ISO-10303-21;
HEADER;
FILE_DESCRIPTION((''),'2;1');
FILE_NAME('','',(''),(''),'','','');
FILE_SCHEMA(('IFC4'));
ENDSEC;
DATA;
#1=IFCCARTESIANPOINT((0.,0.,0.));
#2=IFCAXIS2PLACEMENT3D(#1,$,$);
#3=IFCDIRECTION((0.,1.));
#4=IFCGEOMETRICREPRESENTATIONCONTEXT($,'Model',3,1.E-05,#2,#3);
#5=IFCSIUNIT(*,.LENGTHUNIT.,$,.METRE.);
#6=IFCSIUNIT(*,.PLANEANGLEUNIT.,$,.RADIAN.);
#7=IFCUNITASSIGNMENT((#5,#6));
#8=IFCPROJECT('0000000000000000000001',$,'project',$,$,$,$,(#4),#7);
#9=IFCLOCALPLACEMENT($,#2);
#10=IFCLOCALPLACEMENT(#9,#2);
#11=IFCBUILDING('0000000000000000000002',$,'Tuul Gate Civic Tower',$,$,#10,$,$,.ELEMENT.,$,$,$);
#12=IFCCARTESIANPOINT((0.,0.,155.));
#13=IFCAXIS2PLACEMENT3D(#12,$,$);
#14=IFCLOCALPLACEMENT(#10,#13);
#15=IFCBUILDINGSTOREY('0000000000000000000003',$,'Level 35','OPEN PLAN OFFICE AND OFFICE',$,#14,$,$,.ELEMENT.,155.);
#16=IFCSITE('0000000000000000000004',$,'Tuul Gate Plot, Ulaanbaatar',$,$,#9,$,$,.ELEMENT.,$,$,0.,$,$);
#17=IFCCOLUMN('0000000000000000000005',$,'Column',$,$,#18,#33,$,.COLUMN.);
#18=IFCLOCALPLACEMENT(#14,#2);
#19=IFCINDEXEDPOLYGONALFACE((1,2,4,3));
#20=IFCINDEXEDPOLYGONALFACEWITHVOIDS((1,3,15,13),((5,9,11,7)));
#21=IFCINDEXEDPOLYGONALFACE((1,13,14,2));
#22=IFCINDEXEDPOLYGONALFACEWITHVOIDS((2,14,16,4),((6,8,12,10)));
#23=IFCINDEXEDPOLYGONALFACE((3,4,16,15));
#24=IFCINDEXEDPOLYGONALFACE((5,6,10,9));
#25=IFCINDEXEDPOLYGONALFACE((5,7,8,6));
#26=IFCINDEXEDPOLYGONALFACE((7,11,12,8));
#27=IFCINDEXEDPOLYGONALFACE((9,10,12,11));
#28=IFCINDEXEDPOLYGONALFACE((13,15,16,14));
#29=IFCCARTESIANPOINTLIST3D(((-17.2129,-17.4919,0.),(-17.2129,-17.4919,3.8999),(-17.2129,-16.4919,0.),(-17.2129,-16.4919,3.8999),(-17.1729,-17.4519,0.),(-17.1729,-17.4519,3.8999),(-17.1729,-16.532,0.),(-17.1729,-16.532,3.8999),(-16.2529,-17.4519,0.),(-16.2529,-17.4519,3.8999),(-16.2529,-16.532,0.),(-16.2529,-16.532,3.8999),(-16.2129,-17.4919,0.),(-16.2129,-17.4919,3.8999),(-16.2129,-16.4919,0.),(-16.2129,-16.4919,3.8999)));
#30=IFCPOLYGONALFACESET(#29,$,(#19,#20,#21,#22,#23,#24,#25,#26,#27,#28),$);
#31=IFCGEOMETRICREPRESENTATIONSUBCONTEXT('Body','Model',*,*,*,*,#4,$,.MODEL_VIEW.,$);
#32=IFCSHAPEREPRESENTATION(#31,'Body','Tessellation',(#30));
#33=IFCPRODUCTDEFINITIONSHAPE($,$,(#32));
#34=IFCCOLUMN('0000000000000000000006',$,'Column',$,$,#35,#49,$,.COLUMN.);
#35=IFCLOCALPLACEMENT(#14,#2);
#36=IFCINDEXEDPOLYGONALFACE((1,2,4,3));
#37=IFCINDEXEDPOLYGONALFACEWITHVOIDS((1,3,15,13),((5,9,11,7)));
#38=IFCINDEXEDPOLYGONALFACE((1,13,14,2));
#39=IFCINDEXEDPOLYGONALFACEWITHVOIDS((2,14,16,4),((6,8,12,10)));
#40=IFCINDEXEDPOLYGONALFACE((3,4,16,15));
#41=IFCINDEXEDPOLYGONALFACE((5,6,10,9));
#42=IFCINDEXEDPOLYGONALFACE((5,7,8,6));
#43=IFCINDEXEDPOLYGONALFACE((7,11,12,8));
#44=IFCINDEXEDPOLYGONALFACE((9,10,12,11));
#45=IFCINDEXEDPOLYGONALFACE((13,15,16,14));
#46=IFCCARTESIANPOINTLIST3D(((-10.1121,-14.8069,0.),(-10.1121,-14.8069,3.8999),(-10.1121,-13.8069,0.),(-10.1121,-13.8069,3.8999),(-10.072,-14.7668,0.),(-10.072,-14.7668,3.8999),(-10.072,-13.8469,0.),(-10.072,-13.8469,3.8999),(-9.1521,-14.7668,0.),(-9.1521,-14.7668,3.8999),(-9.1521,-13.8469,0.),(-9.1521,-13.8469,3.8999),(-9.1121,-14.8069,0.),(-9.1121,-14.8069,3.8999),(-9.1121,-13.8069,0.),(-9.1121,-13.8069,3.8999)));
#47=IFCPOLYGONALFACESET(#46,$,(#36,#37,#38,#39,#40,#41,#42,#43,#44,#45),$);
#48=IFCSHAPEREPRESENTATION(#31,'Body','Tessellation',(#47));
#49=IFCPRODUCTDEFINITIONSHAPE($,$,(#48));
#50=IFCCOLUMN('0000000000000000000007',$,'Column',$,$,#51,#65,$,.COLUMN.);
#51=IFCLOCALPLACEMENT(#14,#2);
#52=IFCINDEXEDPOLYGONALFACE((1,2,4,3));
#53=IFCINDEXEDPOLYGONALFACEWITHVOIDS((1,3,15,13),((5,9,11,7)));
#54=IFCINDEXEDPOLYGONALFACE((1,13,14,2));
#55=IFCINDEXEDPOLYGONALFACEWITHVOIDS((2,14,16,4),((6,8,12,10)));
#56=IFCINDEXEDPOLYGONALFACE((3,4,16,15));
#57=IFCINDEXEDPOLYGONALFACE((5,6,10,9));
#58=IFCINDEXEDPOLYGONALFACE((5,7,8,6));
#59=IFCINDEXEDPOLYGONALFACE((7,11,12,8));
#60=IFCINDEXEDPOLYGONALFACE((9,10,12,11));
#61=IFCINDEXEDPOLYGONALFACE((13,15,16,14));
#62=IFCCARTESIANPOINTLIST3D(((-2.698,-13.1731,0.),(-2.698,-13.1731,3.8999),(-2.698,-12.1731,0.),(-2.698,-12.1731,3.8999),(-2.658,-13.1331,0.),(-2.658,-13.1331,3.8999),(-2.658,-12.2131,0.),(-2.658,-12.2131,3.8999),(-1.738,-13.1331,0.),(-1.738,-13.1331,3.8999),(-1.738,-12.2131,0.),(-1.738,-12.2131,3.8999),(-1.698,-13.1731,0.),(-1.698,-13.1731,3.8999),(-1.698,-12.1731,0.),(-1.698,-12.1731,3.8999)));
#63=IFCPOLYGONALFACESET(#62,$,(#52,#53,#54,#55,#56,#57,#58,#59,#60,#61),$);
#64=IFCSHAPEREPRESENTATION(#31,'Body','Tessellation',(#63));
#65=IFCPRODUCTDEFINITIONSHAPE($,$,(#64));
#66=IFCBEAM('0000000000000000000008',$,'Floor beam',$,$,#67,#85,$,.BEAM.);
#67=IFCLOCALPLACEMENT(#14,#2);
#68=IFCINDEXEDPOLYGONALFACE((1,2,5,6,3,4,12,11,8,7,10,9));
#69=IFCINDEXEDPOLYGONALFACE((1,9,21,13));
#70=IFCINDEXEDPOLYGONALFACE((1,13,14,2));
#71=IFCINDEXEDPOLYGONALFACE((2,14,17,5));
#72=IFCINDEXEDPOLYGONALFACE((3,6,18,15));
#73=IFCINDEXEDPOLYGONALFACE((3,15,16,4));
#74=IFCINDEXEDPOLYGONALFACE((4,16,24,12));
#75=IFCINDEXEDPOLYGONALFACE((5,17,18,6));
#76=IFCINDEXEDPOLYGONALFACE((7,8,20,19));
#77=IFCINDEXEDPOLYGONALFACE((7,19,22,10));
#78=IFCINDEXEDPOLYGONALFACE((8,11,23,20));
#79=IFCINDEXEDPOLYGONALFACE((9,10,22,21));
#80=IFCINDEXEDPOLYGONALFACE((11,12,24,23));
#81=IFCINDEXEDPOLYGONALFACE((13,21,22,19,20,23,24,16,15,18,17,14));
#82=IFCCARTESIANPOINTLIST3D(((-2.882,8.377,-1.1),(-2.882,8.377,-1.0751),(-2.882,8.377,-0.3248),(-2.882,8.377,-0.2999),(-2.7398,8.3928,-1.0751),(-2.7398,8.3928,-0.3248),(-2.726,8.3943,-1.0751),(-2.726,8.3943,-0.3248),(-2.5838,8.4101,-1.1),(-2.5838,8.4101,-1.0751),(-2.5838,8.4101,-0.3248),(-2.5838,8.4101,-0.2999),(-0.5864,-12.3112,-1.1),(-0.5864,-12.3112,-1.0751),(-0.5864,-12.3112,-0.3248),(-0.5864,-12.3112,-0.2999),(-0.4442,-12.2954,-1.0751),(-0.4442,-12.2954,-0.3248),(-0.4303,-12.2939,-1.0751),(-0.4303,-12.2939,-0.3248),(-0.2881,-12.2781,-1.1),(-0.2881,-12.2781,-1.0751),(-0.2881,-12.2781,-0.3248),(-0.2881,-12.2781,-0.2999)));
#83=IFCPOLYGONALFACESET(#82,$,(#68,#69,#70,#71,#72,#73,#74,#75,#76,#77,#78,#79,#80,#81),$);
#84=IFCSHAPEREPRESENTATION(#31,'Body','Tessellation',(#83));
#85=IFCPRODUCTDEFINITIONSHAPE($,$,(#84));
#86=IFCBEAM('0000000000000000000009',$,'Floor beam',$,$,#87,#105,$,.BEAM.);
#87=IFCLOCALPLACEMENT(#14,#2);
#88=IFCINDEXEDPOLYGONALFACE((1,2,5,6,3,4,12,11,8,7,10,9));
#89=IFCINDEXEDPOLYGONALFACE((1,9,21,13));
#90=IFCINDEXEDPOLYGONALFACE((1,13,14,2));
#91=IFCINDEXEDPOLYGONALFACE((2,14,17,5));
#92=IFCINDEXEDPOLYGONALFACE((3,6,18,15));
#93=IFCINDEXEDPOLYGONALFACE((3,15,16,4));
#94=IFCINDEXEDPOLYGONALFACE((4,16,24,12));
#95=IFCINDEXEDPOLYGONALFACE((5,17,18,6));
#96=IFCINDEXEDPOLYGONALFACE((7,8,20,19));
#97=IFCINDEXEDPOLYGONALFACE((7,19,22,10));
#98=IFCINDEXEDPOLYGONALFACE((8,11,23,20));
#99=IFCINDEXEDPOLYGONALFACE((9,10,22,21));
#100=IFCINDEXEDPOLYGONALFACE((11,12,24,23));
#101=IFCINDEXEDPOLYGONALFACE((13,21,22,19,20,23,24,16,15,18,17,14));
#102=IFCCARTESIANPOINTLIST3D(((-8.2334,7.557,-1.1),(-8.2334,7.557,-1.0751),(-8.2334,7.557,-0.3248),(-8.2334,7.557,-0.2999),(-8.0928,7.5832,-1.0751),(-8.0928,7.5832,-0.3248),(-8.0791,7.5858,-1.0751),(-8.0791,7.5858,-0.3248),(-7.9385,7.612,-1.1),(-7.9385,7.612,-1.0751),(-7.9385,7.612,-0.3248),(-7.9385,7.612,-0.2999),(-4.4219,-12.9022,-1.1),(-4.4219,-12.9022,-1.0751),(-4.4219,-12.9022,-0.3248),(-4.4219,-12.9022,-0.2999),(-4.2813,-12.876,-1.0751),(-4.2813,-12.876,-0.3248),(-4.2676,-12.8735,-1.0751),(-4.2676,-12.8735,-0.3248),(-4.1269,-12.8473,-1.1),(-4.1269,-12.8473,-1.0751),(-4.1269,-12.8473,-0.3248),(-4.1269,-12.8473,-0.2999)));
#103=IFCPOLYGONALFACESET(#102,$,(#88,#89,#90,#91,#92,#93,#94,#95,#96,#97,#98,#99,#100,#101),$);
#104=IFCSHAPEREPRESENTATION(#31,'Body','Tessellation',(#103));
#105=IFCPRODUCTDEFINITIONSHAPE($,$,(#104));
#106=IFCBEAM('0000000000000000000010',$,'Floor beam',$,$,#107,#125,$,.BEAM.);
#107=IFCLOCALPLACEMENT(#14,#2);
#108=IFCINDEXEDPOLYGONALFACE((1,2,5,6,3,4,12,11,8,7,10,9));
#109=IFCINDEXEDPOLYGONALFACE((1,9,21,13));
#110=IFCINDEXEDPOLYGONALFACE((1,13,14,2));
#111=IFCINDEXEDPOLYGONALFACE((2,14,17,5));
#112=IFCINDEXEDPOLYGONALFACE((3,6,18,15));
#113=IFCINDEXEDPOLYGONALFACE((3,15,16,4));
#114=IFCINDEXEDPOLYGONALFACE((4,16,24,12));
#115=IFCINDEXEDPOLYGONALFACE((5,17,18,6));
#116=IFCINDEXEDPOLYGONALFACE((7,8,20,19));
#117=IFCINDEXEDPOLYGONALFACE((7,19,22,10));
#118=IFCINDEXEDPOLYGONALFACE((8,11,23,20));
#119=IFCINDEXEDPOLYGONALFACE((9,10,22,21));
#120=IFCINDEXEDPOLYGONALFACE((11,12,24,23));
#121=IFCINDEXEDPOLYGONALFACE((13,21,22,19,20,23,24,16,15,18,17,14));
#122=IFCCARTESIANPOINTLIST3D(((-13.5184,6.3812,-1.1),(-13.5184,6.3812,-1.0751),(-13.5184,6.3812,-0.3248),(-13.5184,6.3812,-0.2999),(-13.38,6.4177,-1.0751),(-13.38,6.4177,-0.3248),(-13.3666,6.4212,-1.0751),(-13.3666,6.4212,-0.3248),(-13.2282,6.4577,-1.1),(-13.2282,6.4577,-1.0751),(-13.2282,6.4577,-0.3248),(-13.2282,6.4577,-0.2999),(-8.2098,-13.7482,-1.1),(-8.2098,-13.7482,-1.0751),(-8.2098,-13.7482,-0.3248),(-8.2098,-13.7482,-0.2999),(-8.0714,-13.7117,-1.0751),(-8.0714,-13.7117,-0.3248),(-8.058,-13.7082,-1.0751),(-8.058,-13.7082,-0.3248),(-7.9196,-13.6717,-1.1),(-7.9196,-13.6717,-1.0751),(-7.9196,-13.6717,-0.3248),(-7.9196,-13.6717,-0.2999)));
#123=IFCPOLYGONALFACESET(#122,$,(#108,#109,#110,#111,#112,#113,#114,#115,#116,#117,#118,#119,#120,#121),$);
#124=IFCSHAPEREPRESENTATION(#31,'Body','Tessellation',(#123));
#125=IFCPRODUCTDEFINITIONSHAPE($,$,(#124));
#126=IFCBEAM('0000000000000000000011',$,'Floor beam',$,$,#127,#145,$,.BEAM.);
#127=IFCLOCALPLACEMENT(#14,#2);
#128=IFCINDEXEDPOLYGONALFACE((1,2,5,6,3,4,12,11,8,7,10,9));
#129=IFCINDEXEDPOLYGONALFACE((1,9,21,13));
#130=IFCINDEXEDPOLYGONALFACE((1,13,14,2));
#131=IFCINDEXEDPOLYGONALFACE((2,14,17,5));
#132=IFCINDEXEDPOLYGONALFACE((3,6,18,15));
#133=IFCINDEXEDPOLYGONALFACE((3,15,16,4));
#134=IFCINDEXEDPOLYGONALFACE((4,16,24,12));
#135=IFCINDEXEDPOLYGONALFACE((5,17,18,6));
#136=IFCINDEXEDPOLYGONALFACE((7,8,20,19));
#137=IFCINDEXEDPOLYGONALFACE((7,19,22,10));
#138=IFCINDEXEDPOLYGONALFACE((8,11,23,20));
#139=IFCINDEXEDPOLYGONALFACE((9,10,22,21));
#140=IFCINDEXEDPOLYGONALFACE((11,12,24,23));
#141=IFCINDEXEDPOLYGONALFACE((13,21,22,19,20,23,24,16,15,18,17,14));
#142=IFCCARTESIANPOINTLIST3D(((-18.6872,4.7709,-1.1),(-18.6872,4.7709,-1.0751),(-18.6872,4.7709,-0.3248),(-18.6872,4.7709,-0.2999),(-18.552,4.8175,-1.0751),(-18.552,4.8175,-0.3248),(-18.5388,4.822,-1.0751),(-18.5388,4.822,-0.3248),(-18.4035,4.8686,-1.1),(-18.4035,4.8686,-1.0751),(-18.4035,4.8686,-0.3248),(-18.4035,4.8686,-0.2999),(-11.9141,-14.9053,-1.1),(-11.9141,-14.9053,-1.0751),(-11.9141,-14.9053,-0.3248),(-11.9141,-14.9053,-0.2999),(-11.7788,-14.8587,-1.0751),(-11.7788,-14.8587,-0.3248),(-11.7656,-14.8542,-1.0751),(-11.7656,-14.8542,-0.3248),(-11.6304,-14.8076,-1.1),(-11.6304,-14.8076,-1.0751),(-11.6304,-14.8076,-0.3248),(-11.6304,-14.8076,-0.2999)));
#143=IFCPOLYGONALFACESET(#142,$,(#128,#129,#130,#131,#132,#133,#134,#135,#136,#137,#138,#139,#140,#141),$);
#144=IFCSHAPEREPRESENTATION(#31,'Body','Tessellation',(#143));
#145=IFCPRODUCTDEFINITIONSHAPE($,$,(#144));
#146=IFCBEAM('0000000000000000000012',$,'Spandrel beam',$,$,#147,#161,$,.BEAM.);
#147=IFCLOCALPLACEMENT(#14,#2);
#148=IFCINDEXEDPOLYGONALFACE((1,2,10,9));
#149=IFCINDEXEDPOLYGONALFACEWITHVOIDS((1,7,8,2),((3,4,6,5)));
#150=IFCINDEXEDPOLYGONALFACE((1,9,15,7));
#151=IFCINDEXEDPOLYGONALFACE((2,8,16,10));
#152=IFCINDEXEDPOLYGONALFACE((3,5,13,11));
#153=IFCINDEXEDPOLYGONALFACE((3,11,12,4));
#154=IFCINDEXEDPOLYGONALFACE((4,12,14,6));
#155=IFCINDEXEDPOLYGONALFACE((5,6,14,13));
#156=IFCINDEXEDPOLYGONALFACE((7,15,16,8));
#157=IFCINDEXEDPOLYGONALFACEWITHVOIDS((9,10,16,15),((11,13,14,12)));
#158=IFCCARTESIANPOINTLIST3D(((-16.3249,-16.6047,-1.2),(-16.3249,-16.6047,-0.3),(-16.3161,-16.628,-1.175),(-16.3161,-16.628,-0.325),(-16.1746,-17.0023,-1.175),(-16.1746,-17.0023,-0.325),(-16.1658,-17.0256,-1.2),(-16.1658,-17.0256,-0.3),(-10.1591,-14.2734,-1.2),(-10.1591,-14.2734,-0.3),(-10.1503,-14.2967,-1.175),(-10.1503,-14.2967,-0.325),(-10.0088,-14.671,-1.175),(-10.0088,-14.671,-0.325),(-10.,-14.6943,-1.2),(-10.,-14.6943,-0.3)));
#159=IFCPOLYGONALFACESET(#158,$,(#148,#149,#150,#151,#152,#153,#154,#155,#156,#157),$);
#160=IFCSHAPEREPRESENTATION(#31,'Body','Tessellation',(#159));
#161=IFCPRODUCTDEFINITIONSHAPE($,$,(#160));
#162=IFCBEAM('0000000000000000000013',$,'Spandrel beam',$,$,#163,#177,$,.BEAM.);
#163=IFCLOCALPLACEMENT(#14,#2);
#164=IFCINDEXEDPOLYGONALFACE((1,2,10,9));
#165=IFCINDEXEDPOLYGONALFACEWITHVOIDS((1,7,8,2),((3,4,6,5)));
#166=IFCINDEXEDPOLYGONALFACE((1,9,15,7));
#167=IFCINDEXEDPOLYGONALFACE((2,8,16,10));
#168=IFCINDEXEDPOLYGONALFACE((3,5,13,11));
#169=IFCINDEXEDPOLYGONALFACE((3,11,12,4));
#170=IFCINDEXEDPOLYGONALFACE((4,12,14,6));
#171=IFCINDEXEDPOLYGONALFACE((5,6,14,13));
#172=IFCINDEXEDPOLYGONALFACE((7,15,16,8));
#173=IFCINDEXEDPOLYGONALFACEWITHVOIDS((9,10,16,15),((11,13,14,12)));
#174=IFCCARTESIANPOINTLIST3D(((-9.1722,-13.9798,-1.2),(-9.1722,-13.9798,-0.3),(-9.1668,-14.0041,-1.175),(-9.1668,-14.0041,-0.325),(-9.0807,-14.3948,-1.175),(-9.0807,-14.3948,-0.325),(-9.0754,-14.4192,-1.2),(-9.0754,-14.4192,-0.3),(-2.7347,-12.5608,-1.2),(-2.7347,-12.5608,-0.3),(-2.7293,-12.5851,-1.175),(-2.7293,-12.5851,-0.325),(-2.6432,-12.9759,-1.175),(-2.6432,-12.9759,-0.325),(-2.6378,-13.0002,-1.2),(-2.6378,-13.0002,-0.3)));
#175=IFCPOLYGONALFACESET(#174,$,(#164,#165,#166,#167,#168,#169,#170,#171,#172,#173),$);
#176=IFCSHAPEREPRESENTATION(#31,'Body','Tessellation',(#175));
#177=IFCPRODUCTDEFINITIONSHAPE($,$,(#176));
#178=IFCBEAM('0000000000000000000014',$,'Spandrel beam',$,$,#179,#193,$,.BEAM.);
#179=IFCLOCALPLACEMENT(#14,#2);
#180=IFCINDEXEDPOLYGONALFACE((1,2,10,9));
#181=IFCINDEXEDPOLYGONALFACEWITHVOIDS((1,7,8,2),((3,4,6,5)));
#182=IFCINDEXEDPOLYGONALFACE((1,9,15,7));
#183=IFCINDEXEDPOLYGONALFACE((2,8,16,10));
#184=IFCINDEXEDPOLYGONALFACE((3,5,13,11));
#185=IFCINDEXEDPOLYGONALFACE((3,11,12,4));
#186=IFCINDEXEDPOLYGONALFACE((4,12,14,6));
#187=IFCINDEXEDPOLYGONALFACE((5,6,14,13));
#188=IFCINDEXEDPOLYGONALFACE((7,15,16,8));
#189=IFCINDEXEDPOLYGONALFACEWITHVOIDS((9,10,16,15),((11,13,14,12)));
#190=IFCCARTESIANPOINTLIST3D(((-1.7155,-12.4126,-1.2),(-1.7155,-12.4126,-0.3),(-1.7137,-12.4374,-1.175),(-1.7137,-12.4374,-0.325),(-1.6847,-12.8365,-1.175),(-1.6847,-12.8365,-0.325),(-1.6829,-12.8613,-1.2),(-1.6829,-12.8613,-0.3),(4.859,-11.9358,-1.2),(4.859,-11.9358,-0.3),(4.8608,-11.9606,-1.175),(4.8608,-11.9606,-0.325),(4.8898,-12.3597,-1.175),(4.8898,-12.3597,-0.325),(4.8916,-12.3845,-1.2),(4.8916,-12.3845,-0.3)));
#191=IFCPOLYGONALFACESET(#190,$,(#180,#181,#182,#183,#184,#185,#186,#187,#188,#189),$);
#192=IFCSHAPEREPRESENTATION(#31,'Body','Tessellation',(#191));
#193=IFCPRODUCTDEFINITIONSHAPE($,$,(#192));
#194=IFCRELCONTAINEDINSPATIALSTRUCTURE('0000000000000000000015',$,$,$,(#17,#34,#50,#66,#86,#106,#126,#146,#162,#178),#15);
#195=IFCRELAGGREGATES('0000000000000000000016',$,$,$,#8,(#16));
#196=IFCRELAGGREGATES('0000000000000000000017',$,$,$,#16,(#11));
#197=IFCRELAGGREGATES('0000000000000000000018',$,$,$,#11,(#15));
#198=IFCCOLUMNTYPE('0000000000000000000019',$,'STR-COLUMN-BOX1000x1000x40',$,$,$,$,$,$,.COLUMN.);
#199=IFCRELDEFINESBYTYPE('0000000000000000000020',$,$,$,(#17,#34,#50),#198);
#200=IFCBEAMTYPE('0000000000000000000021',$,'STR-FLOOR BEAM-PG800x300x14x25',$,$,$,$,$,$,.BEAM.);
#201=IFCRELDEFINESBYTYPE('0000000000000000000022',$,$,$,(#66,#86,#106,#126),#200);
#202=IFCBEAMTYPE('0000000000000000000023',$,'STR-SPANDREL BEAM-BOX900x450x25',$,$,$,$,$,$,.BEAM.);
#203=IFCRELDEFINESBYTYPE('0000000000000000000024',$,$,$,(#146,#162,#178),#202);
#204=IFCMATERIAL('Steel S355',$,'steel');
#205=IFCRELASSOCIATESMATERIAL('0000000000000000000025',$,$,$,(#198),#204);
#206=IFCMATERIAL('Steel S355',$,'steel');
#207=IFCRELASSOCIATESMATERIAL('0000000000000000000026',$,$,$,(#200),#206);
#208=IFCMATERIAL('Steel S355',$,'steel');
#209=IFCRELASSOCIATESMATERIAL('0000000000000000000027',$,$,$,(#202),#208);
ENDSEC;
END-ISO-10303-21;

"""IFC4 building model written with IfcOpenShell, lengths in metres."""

from ifc_helpers import new_model, si_unit, direction, frame, origin, origin_2d, place, context, subcontext, project, spatial, hollow_rectangle, i_section, extrude, material, material_profile, profile_set, type_object, element, save


model = new_model("IFC4")

# Units and contexts
model_context = context("Model", 3, precision=1e-05, world=origin(), true_north=direction((0.0, 1.0)))
body_context = subcontext(model_context, "Body", "Model", "MODEL_VIEW")
ifc_project = project(units=[si_unit("LENGTHUNIT", "METRE"), si_unit("PLANEANGLEUNIT", "RADIAN")], contexts=[model_context])

# Site, building, storey
site_placement = place(None, origin())
site = spatial("IfcSite", under=ifc_project, at=site_placement, Name="Tuul Gate Plot, Ulaanbaatar", CompositionType="ELEMENT", RefElevation=0.0)
building_placement = place(site_placement, origin())
building = spatial("IfcBuilding", under=site, at=building_placement, Name="Tuul Gate Civic Tower", CompositionType="ELEMENT")
storey_placement = place(building_placement, frame((0.0, 0.0, 155.0)))
storey = spatial("IfcBuildingStorey", under=building, at=storey_placement, Name="Level 35", Description="OPEN PLAN OFFICE AND OFFICE", CompositionType="ELEMENT", Elevation=155.0)

# Columns
ifc_material_1 = material(Name="Steel S355", Category="steel")
ifc_material_profile_1 = material_profile(ifc_material_1, hollow_rectangle(XDim=1.0, YDim=1.0, WallThickness=0.04, at=origin_2d()), Name="BOX1000x1000x40")
ifc_profile_set_1 = profile_set([ifc_material_profile_1], Name="Steel S355")
column_type = type_object("IfcColumnType", Name="STR-COLUMN-BOX1000x1000x40", PredefinedType="COLUMN", material=ifc_profile_set_1)
for number, where, z_axis, x_axis, name in (
    (1, (-16.7129, -16.9919, 0.0), (0.0, 0.0, 1.0), (1.0, 0.0, 0.0), "Column"),
    (2, (-9.6121, -14.3069, 0.0), (0.0, 0.0, 1.0), (1.0, 0.0, 0.0), "Column"),
    (3, (-2.198, -12.6731, 0.0), (0.0, 0.0, 1.0), (1.0, 0.0, 0.0), "Column"),
):
    element("IfcColumn", number, at=place(storey_placement, frame(where, z_axis=z_axis, x_axis=x_axis)), inside=storey, type_object=column_type, Name=name, PredefinedType="COLUMN", context=body_context, shape_type="SweptSolid", body=[
        extrude(hollow_rectangle(XDim=1.0, YDim=1.0, WallThickness=0.04, at=origin_2d()), origin(), (0.0, 0.0, 1.0), 3.8999),
    ])

# Beams
ifc_material_2 = material(Name="Steel S355", Category="steel")
ifc_material_profile_2 = material_profile(ifc_material_2, i_section(OverallWidth=0.3, OverallDepth=0.8, WebThickness=0.0139, FlangeThickness=0.0249, at=origin_2d()), Name="PG800x300x14x25")
ifc_profile_set_2 = profile_set([ifc_material_profile_2], Name="Steel S355")
beam_type_1 = type_object("IfcBeamType", Name="STR-FLOOR BEAM-PG800x300x14x25", PredefinedType="BEAM", material=ifc_profile_set_2)
beam_1_placement = place(storey_placement, frame((-0.4373, -12.2947, -0.7), z_axis=(-0.110287, 0.9939, 0.0), x_axis=(-0.9939, -0.110287, 0.0)))
element("IfcBeam", 4, at=beam_1_placement, inside=storey, type_object=beam_type_1, Name="Floor beam", PredefinedType="BEAM", context=body_context, shape_type="SweptSolid", body=[
    extrude(i_section(OverallWidth=0.3, OverallDepth=0.8, WebThickness=0.0139, FlangeThickness=0.0249, at=origin_2d()), origin(), (0.0, 0.0, 1.0), 20.8152),
])
beam_2_placement = place(storey_placement, frame((-4.2744, -12.8748, -0.7), z_axis=(-0.183147, 0.983085, 0.0), x_axis=(-0.983085, -0.183147, 0.0)))
element("IfcBeam", 5, at=beam_2_placement, inside=storey, type_object=beam_type_1, Name="Floor beam", PredefinedType="BEAM", context=body_context, shape_type="SweptSolid", body=[
    extrude(i_section(OverallWidth=0.3, OverallDepth=0.8, WebThickness=0.0139, FlangeThickness=0.0249, at=origin_2d()), origin(), (0.0, 0.0, 1.0), 20.8113),
])
beam_3_placement = place(storey_placement, frame((-8.0647, -13.71, -0.7), z_axis=(-0.255005, 0.96694, 0.0), x_axis=(-0.96694, -0.255005, 0.0)))
element("IfcBeam", 6, at=beam_3_placement, inside=storey, type_object=beam_type_1, Name="Floor beam", PredefinedType="BEAM", context=body_context, shape_type="SweptSolid", body=[
    extrude(i_section(OverallWidth=0.3, OverallDepth=0.8, WebThickness=0.0139, FlangeThickness=0.0249, at=origin_2d()), origin(), (0.0, 0.0, 1.0), 20.8176),
])
beam_4_placement = place(storey_placement, frame((-11.7722, -14.8564, -0.7), z_axis=(-0.325487, 0.945547, 0.0), x_axis=(-0.945547, -0.325487, 0.0)))
element("IfcBeam", 7, at=beam_4_placement, inside=storey, type_object=beam_type_1, Name="Floor beam", PredefinedType="BEAM", context=body_context, shape_type="SweptSolid", body=[
    extrude(i_section(OverallWidth=0.3, OverallDepth=0.8, WebThickness=0.0139, FlangeThickness=0.0249, at=origin_2d()), origin(), (0.0, 0.0, 1.0), 20.8093),
])
ifc_material_3 = material(Name="Steel S355", Category="steel")
ifc_material_profile_3 = material_profile(ifc_material_3, hollow_rectangle(XDim=0.45, YDim=0.8999, WallThickness=0.0249, at=origin_2d()), Name="BOX900x450x25")
ifc_profile_set_3 = profile_set([ifc_material_profile_3], Name="Steel S355")
beam_type_2 = type_object("IfcBeamType", Name="STR-SPANDREL BEAM-BOX900x450x25", PredefinedType="BEAM", material=ifc_profile_set_3)
beam_5_placement = place(storey_placement, frame((-16.2454, -16.8152, -0.75), z_axis=(0.935371, 0.353667, 0.0), x_axis=(-0.353667, 0.935371, 0.0)))
element("IfcBeam", 8, at=beam_5_placement, inside=storey, type_object=beam_type_2, Name="Spandrel beam", PredefinedType="BEAM", context=body_context, shape_type="SweptSolid", body=[
    extrude(hollow_rectangle(XDim=0.45, YDim=0.8999, WallThickness=0.0249, at=origin_2d()), origin(), (0.0, 0.0, 1.0), 6.5918),
])
beam_6_placement = place(storey_placement, frame((-9.1238, -14.1995, -0.75), z_axis=(0.976559, 0.215252, 0.0), x_axis=(-0.215252, 0.976559, 0.0)))
element("IfcBeam", 9, at=beam_6_placement, inside=storey, type_object=beam_type_2, Name="Spandrel beam", PredefinedType="BEAM", context=body_context, shape_type="SweptSolid", body=[
    extrude(hollow_rectangle(XDim=0.45, YDim=0.8999, WallThickness=0.0249, at=origin_2d()), origin(), (0.0, 0.0, 1.0), 6.592),
])
beam_7_placement = place(storey_placement, frame((-1.6992, -12.637, -0.75), z_axis=(0.99738, 0.072334, 0.0), x_axis=(-0.072334, 0.99738, 0.0)))
element("IfcBeam", 10, at=beam_7_placement, inside=storey, type_object=beam_type_2, Name="Spandrel beam", PredefinedType="BEAM", context=body_context, shape_type="SweptSolid", body=[
    extrude(hollow_rectangle(XDim=0.45, YDim=0.8999, WallThickness=0.0249, at=origin_2d()), origin(), (0.0, 0.0, 1.0), 6.5918),
])

save(model, "model.ifc")
